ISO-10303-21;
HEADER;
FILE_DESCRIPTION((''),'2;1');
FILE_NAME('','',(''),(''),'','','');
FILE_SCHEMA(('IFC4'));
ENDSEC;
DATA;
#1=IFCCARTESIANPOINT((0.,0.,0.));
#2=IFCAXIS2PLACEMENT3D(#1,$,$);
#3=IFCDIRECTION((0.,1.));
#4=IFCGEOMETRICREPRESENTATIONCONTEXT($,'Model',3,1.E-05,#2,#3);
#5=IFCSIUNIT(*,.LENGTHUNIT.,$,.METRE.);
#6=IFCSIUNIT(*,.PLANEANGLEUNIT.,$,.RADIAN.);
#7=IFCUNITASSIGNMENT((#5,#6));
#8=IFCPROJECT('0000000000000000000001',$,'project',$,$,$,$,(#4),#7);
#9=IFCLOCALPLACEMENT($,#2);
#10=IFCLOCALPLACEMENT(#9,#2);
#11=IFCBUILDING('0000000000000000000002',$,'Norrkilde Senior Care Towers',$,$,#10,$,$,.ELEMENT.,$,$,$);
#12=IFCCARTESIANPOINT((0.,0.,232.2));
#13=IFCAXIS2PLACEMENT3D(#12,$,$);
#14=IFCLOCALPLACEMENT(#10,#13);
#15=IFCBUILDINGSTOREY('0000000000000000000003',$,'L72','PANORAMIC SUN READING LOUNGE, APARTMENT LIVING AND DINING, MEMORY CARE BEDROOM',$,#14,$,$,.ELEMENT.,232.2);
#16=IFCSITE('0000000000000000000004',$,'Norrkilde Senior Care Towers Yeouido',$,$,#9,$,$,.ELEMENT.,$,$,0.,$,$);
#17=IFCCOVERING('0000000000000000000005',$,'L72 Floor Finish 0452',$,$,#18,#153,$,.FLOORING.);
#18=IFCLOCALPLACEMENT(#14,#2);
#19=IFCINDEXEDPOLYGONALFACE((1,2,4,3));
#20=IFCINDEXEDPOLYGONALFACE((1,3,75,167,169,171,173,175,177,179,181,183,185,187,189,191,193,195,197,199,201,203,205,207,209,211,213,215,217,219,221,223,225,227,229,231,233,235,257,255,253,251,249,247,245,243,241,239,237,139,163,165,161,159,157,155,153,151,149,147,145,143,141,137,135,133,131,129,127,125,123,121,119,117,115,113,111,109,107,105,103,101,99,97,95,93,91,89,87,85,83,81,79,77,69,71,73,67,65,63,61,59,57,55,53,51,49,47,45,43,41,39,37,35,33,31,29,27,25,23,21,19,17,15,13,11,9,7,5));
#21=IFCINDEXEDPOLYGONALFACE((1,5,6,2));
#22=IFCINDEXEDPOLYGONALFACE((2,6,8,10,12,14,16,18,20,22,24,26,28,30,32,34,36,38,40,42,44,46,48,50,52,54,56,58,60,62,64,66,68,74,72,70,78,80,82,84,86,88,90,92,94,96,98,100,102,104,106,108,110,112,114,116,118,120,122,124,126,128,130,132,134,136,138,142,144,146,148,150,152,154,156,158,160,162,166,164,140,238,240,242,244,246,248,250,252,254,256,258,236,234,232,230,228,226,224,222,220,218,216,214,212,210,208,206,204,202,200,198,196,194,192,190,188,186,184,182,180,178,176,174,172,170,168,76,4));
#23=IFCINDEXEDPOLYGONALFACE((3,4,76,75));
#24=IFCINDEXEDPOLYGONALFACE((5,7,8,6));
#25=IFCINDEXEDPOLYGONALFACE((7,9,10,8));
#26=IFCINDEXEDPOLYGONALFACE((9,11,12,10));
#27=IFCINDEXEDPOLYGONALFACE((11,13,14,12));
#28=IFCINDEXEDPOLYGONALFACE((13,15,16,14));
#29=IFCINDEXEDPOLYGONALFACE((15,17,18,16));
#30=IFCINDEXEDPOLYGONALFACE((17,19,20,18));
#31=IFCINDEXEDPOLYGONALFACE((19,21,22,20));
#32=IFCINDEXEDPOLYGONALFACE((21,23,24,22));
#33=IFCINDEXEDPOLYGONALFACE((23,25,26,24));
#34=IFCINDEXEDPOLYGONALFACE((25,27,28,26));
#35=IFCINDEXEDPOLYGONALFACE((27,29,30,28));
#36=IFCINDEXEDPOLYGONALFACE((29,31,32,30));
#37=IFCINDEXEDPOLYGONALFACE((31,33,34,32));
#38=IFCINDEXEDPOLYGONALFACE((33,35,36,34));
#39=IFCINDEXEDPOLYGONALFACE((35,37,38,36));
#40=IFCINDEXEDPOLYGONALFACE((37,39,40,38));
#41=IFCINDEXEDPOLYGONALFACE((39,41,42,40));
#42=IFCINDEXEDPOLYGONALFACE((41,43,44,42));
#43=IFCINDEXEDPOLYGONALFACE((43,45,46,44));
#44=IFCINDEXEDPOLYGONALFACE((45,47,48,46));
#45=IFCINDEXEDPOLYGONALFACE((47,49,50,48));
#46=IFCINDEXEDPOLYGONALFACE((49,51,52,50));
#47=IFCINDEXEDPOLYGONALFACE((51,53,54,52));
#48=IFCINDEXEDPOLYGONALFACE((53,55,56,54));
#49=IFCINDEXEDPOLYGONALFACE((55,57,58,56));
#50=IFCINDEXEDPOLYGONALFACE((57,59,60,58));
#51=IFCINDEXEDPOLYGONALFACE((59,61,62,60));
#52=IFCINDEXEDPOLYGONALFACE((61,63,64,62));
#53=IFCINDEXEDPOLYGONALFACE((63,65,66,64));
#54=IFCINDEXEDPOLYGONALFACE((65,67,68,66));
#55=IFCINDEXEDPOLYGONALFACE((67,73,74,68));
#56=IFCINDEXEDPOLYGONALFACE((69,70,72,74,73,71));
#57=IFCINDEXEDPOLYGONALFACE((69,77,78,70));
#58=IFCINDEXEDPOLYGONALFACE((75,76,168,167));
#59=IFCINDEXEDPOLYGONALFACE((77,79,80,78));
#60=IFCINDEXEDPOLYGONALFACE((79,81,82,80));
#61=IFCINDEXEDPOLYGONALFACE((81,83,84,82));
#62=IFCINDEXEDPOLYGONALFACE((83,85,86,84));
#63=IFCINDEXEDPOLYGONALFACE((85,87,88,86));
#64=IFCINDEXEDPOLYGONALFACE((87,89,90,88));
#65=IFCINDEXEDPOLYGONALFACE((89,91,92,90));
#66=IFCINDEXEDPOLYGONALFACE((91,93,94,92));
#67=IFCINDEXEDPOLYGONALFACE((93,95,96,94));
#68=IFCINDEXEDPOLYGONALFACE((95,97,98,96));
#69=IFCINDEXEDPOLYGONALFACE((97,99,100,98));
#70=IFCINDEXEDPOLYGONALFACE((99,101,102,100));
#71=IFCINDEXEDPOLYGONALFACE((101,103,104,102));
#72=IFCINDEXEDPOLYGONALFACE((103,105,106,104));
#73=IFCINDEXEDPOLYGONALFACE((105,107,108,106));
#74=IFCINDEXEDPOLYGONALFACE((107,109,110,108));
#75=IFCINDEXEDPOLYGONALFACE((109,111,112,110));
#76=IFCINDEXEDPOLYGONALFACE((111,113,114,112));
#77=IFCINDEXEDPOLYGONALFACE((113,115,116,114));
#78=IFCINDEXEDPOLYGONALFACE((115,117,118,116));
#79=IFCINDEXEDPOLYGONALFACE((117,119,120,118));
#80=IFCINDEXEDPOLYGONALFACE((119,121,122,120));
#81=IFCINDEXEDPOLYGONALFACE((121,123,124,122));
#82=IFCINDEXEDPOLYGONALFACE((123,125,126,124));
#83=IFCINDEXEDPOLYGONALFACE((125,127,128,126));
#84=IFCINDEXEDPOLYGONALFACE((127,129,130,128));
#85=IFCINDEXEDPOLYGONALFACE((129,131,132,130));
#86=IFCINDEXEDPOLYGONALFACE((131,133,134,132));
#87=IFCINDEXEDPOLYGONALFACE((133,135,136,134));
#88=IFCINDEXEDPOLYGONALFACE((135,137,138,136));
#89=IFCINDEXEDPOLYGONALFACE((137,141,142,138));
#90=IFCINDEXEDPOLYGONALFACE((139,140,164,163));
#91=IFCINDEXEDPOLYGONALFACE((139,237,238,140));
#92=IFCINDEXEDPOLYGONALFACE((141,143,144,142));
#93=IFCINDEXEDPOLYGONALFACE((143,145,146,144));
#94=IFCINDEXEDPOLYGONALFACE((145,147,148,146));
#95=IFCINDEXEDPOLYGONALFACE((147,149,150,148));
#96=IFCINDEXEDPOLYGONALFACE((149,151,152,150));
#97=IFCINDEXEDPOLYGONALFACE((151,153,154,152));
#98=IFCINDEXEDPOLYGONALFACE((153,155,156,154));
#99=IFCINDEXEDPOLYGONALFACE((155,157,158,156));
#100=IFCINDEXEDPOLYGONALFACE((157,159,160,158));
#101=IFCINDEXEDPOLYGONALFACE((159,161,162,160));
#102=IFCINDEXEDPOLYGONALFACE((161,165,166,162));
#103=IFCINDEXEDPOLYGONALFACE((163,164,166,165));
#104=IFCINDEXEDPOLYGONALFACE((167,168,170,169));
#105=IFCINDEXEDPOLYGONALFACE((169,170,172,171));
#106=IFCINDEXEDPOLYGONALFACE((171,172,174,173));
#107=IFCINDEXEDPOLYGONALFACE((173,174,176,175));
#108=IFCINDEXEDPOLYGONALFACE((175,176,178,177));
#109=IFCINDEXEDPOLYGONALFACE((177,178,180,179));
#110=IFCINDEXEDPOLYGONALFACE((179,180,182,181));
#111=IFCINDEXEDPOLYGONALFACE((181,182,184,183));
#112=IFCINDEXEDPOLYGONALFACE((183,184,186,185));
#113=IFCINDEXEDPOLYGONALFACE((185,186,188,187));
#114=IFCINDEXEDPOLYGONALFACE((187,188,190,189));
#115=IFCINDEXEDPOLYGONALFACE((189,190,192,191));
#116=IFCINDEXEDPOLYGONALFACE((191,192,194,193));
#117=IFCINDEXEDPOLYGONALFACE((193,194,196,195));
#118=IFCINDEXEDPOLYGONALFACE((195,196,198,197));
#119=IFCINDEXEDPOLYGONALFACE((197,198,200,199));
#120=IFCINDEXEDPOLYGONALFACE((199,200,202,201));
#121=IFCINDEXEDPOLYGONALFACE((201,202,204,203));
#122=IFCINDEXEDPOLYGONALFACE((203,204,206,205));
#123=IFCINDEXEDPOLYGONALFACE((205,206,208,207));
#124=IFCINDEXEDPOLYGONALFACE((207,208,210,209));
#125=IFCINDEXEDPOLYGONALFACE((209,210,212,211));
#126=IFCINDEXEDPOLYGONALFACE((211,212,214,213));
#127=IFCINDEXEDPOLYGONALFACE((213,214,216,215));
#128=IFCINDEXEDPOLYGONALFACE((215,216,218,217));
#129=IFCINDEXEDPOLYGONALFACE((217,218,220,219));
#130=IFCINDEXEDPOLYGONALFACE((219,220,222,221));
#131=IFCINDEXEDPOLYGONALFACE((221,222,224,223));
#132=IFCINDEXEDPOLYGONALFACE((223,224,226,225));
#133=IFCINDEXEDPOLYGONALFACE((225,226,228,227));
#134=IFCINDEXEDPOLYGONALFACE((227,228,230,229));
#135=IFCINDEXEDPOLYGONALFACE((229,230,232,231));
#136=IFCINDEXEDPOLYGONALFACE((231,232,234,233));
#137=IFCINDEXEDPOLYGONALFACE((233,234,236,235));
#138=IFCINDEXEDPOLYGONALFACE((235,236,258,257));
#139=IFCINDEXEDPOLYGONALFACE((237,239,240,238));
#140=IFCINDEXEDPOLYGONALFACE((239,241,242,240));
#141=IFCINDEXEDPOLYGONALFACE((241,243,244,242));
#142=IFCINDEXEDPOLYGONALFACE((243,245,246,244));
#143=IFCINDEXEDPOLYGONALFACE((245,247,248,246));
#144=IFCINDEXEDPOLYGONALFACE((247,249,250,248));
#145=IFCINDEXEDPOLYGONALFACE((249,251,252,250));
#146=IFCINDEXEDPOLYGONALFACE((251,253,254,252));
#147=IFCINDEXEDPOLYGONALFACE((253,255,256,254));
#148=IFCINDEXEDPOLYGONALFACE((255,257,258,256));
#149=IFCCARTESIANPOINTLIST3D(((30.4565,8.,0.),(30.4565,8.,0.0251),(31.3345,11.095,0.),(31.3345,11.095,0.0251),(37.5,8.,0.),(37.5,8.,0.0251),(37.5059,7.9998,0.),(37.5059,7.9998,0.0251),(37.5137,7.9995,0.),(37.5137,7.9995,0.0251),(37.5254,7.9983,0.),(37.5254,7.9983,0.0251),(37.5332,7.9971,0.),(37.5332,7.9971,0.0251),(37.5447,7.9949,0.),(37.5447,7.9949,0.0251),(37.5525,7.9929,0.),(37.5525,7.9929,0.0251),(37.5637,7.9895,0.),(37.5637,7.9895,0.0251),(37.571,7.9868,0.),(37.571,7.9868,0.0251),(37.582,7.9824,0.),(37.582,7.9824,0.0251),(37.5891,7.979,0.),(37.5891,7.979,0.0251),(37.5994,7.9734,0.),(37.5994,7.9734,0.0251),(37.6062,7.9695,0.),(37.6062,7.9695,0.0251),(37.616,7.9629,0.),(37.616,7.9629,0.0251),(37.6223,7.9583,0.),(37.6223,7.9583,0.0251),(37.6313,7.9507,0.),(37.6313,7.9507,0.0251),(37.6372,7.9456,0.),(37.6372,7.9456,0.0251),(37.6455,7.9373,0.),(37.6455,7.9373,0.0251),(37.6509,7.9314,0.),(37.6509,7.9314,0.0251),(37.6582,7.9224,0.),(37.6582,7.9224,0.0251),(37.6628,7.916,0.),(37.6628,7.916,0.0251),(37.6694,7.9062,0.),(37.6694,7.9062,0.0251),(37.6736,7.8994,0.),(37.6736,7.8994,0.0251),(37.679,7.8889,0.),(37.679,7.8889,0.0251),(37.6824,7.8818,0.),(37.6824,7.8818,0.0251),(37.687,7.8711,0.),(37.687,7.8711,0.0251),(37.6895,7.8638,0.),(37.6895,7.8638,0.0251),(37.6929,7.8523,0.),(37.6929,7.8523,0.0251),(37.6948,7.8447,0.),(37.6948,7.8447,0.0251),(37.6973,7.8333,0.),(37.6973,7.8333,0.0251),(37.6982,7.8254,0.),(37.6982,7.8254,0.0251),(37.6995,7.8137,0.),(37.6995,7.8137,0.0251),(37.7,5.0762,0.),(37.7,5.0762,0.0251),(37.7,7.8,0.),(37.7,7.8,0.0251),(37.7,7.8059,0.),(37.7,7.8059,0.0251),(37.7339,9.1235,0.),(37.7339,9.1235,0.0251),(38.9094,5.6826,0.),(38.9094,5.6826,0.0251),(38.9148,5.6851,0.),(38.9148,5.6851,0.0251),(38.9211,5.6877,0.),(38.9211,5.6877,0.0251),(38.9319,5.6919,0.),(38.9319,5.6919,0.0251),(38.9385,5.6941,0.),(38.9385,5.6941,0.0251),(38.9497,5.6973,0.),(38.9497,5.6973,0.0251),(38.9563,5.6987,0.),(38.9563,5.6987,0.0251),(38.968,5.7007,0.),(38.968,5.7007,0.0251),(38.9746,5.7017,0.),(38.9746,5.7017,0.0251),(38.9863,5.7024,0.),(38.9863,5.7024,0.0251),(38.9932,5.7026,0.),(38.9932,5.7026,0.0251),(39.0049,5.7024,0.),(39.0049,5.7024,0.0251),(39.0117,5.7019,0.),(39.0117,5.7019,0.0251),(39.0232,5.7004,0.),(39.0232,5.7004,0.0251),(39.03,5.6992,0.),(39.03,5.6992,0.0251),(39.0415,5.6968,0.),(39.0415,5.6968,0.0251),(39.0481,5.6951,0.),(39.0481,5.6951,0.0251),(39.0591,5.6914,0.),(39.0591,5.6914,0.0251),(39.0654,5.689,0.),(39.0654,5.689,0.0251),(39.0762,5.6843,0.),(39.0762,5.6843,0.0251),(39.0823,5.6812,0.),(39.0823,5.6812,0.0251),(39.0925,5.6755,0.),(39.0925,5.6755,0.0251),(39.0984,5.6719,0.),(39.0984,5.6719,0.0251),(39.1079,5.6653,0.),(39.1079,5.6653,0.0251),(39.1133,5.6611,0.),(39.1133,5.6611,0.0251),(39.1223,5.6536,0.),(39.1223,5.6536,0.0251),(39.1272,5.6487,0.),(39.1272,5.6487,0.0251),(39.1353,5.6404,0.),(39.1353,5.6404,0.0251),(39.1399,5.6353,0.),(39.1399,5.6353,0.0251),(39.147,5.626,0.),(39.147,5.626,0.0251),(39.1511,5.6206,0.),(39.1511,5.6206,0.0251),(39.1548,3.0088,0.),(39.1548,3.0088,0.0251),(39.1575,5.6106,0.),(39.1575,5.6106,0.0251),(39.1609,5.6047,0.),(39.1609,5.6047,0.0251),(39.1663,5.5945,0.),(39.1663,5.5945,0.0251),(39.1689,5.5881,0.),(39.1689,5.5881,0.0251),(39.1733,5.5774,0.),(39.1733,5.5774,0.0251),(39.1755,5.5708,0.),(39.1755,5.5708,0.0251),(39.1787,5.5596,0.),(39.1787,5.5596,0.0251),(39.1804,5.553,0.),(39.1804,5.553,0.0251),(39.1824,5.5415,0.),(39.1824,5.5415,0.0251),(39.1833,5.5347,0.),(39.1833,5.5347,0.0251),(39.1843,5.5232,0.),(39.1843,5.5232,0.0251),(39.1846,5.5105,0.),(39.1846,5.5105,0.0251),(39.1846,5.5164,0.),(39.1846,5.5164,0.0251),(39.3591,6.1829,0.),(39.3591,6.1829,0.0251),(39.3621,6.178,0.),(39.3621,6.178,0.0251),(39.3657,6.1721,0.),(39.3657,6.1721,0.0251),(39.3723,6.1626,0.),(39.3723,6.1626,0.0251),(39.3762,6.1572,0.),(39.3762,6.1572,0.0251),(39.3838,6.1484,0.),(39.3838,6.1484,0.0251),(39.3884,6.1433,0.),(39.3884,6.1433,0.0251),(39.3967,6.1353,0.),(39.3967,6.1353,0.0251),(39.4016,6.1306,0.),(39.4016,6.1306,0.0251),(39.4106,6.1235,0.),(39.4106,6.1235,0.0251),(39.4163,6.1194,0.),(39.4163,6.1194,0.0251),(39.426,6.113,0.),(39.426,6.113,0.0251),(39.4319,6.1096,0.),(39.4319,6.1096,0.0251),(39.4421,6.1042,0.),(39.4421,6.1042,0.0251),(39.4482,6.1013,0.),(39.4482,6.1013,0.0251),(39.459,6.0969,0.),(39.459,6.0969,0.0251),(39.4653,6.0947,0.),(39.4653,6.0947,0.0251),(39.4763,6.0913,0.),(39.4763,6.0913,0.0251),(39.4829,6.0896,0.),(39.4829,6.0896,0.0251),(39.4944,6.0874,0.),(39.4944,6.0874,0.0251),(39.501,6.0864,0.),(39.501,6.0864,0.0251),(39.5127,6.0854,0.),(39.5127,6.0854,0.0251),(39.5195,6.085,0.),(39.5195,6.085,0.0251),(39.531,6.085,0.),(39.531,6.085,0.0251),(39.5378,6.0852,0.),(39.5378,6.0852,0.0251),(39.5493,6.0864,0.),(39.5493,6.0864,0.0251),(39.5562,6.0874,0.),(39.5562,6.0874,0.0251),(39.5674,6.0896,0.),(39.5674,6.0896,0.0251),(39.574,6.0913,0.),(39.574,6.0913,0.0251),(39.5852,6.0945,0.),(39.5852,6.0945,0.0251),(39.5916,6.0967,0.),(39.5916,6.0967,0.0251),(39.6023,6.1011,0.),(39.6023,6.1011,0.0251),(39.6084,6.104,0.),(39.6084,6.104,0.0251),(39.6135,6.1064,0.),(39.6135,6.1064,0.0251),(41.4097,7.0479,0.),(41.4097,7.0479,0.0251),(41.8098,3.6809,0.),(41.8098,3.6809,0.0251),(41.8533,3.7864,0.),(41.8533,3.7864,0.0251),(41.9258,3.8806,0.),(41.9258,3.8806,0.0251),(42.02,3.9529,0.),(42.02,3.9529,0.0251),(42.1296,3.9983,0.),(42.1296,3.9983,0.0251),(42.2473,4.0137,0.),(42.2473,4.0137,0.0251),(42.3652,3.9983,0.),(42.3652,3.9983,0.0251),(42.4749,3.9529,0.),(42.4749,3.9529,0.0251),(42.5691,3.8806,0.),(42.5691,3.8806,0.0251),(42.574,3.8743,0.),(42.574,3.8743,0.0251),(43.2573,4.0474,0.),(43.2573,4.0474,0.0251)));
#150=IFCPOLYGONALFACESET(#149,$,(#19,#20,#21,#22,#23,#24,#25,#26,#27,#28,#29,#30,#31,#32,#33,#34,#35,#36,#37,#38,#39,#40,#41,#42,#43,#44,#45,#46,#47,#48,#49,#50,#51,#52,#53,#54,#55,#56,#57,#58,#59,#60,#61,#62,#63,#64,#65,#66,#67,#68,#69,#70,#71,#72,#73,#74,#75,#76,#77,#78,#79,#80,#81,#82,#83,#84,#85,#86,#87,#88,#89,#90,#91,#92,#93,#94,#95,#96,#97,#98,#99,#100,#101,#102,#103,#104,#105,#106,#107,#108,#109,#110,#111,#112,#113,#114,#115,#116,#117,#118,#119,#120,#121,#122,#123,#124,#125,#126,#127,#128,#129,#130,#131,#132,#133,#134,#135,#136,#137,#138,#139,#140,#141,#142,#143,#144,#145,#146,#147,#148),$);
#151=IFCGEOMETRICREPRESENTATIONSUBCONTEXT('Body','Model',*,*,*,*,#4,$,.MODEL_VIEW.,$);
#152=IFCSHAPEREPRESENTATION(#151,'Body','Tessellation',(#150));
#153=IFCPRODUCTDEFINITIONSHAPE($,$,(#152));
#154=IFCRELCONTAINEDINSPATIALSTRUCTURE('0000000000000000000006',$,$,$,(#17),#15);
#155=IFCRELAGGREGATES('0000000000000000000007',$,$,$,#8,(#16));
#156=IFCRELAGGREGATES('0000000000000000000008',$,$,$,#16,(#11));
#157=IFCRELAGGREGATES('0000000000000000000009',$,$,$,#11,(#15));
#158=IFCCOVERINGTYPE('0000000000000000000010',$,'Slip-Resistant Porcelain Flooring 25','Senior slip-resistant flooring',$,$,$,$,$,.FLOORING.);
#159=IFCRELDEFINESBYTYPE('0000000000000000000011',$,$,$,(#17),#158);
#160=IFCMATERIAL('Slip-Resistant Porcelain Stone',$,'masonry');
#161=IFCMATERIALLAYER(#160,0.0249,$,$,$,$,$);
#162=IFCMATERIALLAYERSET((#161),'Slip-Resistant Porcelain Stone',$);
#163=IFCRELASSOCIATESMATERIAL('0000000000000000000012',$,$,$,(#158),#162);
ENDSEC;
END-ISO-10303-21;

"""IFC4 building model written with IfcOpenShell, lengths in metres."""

from ifc_helpers import new_model, si_unit, direction, frame, origin, place, context, subcontext, project, spatial, polyline, outline, extrude, material, layer, layer_set, type_object, element, save


model = new_model("IFC4")

# Units and contexts
model_context = context("Model", 3, precision=1e-05, world=origin(), true_north=direction((0.0, 1.0)))
body_context = subcontext(model_context, "Body", "Model", "MODEL_VIEW")
ifc_project = project(units=[si_unit("LENGTHUNIT", "METRE"), si_unit("PLANEANGLEUNIT", "RADIAN")], contexts=[model_context])

# Site, building, storey
site_placement = place(None, origin())
site = spatial("IfcSite", under=ifc_project, at=site_placement, Name="Norrkilde Senior Care Towers Yeouido", CompositionType="ELEMENT", RefElevation=0.0)
building_placement = place(site_placement, origin())
building = spatial("IfcBuilding", under=site, at=building_placement, Name="Norrkilde Senior Care Towers", CompositionType="ELEMENT")
storey_placement = place(building_placement, frame((0.0, 0.0, 232.2)))
storey = spatial("IfcBuildingStorey", under=building, at=storey_placement, Name="L72", Description="PANORAMIC SUN READING LOUNGE, APARTMENT LIVING AND DINING, MEMORY CARE BEDROOM", CompositionType="ELEMENT", Elevation=232.2)

# Covering
ifc_material_1 = material(Name="Slip-Resistant Porcelain Stone", Category="masonry")
ifc_layer_1 = layer(ifc_material_1, 0.0249)
ifc_layer_set_1 = layer_set([ifc_layer_1], Name="Slip-Resistant Porcelain Stone")
covering_type_1 = type_object("IfcCoveringType", Name="Slip-Resistant Porcelain Flooring 25", Description="Senior slip-resistant flooring", PredefinedType="FLOORING", material=ifc_layer_set_1)
covering_1_placement = place(storey_placement, origin())
element("IfcCovering", 1, at=covering_1_placement, inside=storey, type_object=covering_type_1, Name="L72 Floor Finish 0452", PredefinedType="FLOORING", context=body_context, shape_type="SweptSolid", body=[
    extrude(outline(polyline([(39.1804, 5.553), (39.1787, 5.5596), (39.1755, 5.5708), (39.1733, 5.5774), (39.1689, 5.5881), (39.1663, 5.5945), (39.1609, 5.6047), (39.1575, 5.6106), (39.1511, 5.6206), (39.147, 5.626), (39.1399, 5.6353), (39.1353, 5.6404), (39.1272, 5.6487), (39.1223, 5.6536), (39.1133, 5.6611), (39.1079, 5.6653), (39.0984, 5.6719), (39.0925, 5.6755), (39.0823, 5.6812), (39.0762, 5.6843), (39.0654, 5.689), (39.0591, 5.6914), (39.0481, 5.6951), (39.0415, 5.6968), (39.03, 5.6992), (39.0232, 5.7004), (39.0117, 5.7019), (39.0049, 5.7024), (38.9932, 5.7026), (38.9863, 5.7024), (38.9746, 5.7017), (38.968, 5.7007), (38.9563, 5.6987), (38.9497, 5.6973), (38.9385, 5.6941), (38.9319, 5.6919), (38.9211, 5.6877), (38.9148, 5.6851), (38.9094, 5.6826), (37.7, 5.0762), (37.7, 7.8), (37.7, 7.8059), (37.6995, 7.8137), (37.6982, 7.8254), (37.6973, 7.8333), (37.6948, 7.8447), (37.6929, 7.8523), (37.6895, 7.8638), (37.687, 7.8711), (37.6824, 7.8818), (37.679, 7.8889), (37.6736, 7.8994), (37.6694, 7.9062), (37.6628, 7.916), (37.6582, 7.9224), (37.6509, 7.9314), (37.6455, 7.9373), (37.6372, 7.9456), (37.6313, 7.9507), (37.6223, 7.9583), (37.616, 7.9629), (37.6062, 7.9695), (37.5994, 7.9734), (37.5891, 7.979), (37.582, 7.9824), (37.571, 7.9868), (37.5637, 7.9895), (37.5525, 7.9929), (37.5447, 7.9949), (37.5332, 7.9971), (37.5254, 7.9983), (37.5137, 7.9995), (37.5059, 7.9998), (37.5, 8.0), (30.4565, 8.0), (31.3345, 11.095), (37.7339, 9.1235), (39.3591, 6.1829), (39.3621, 6.178), (39.3657, 6.1721), (39.3723, 6.1626), (39.3762, 6.1572), (39.3838, 6.1484), (39.3884, 6.1433), (39.3967, 6.1353), (39.4016, 6.1306), (39.4106, 6.1235), (39.4163, 6.1194), (39.426, 6.113), (39.4319, 6.1096), (39.4421, 6.1042), (39.4482, 6.1013), (39.459, 6.0969), (39.4653, 6.0947), (39.4763, 6.0913), (39.4829, 6.0896), (39.4944, 6.0874), (39.501, 6.0864), (39.5127, 6.0854), (39.5195, 6.085), (39.531, 6.085), (39.5378, 6.0852), (39.5493, 6.0864), (39.5562, 6.0874), (39.5674, 6.0896), (39.574, 6.0913), (39.5852, 6.0945), (39.5916, 6.0967), (39.6023, 6.1011), (39.6084, 6.104), (39.6135, 6.1064), (41.4097, 7.0479), (43.2573, 4.0474), (42.574, 3.8743), (42.5691, 3.8806), (42.4749, 3.9529), (42.3652, 3.9983), (42.2473, 4.0137), (42.1296, 3.9983), (42.02, 3.9529), (41.9258, 3.8806), (41.8533, 3.7864), (41.8098, 3.6809), (39.1548, 3.0088), (39.1846, 5.5105), (39.1846, 5.5164), (39.1843, 5.5232), (39.1833, 5.5347), (39.1824, 5.5415), (39.1804, 5.553)])), origin(), (0.0, 0.0, 1.0), 0.0251),
])

save(model, "model.ifc")
